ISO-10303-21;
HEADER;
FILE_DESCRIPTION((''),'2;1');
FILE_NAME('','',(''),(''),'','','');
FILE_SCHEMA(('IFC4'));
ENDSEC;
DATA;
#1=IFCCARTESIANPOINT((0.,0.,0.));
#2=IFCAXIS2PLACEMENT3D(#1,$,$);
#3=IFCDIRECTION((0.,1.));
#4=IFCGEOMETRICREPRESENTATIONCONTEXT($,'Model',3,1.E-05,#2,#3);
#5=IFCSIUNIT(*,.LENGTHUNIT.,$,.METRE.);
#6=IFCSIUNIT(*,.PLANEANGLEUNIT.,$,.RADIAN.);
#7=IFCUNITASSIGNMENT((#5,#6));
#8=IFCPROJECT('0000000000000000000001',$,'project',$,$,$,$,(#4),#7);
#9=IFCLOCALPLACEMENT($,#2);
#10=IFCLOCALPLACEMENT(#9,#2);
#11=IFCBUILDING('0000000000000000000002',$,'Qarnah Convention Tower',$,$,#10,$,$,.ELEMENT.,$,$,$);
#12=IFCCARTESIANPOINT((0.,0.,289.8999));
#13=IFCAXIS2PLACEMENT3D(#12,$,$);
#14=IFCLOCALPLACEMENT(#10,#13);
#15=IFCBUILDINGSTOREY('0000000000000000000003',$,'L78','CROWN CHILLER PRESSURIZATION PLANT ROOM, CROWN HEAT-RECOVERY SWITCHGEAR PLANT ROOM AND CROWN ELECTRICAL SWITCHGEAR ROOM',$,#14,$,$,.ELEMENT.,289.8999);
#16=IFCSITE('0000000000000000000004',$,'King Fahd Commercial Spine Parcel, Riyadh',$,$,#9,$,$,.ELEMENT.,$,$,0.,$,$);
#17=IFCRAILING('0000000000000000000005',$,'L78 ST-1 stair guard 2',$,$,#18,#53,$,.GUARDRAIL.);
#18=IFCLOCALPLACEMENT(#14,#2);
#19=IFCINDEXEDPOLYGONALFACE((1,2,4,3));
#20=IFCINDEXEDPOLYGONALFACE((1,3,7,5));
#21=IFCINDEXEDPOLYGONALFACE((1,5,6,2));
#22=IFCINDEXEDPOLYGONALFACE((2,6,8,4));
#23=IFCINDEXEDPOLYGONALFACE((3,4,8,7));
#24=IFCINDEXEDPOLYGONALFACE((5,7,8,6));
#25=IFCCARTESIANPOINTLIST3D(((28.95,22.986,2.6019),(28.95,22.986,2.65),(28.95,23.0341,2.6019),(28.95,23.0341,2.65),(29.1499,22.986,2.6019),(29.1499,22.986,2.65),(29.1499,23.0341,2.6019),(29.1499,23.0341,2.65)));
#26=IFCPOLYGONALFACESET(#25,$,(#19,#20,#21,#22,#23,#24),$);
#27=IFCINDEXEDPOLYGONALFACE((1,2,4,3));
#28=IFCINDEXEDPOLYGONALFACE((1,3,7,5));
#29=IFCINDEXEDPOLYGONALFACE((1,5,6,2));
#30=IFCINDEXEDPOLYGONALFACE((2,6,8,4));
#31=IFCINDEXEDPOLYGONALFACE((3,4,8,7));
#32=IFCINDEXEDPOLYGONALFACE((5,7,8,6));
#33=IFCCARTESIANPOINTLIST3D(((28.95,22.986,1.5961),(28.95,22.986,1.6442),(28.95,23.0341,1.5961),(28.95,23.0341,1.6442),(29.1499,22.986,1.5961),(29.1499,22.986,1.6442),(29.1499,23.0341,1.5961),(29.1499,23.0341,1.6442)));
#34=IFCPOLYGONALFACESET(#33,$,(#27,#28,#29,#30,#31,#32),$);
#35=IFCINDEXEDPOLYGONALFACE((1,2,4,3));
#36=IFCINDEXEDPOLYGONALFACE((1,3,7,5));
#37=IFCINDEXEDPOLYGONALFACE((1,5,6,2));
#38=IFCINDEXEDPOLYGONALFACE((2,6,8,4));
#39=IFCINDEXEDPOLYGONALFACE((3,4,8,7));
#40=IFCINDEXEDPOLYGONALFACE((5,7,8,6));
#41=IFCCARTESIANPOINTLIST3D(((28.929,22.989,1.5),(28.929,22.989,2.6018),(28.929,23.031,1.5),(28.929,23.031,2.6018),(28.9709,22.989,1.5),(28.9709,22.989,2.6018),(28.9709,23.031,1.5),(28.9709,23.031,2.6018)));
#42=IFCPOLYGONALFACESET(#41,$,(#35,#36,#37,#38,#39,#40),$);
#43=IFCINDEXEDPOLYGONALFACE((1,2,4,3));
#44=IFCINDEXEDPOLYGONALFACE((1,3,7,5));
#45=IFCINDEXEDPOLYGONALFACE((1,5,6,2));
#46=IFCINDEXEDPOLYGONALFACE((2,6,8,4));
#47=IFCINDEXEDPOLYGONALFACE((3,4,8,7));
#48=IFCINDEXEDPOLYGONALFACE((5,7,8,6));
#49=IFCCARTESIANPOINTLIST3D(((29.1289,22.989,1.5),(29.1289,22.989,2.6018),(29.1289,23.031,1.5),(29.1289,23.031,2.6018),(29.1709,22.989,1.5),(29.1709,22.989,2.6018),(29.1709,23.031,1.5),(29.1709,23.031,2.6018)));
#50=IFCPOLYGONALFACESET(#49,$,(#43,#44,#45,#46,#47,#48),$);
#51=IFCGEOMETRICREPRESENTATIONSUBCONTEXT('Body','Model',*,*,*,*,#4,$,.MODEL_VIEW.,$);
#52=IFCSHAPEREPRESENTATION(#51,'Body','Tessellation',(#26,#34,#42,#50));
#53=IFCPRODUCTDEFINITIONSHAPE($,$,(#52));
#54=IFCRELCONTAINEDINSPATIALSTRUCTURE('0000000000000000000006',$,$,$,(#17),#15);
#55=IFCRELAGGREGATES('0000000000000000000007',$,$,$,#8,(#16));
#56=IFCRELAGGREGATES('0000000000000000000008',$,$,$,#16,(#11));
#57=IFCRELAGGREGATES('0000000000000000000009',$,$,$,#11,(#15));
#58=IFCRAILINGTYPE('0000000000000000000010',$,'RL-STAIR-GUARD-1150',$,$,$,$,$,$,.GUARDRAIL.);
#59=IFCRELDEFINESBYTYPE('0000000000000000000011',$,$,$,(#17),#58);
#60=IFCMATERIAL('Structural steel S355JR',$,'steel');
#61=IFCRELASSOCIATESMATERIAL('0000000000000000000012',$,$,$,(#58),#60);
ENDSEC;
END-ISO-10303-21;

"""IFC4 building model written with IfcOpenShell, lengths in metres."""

from ifc_helpers import new_model, si_unit, direction, frame, origin, origin_2d, place, context, subcontext, project, spatial, rectangle, extrude, material, type_object, element, save


model = new_model("IFC4")

# Units and contexts
model_context = context("Model", 3, precision=1e-05, world=origin(), true_north=direction((0.0, 1.0)))
body_context = subcontext(model_context, "Body", "Model", "MODEL_VIEW")
ifc_project = project(units=[si_unit("LENGTHUNIT", "METRE"), si_unit("PLANEANGLEUNIT", "RADIAN")], contexts=[model_context])

# Site, building, storey
site_placement = place(None, origin())
site = spatial("IfcSite", under=ifc_project, at=site_placement, Name="King Fahd Commercial Spine Parcel, Riyadh", CompositionType="ELEMENT", RefElevation=0.0)
building_placement = place(site_placement, origin())
building = spatial("IfcBuilding", under=site, at=building_placement, Name="Qarnah Convention Tower", CompositionType="ELEMENT")
storey_placement = place(building_placement, frame((0.0, 0.0, 289.8999)))
storey = spatial("IfcBuildingStorey", under=building, at=storey_placement, Name="L78", Description="CROWN CHILLER PRESSURIZATION PLANT ROOM, CROWN HEAT-RECOVERY SWITCHGEAR PLANT ROOM AND CROWN ELECTRICAL SWITCHGEAR ROOM", CompositionType="ELEMENT", Elevation=289.8999)

# Shared definitions
ifc_material_1 = material(Name="Structural steel S355JR", Category="steel")

# Railing
railing_type = type_object("IfcRailingType", Name="RL-STAIR-GUARD-1150", PredefinedType="GUARDRAIL", material=ifc_material_1)
railing_placement = place(storey_placement, frame((28.95, 23.01, 1.5)))
element("IfcRailing", 1, at=railing_placement, inside=storey, type_object=railing_type, Name="L78 ST-1 stair guard 2", PredefinedType="GUARDRAIL", context=body_context, shape_type="SweptSolid", body=[
    extrude(rectangle(XDim=0.0481, YDim=0.0481, at=origin_2d()), frame((0.0, 0.0, 1.126), z_axis=(1.0, 0.0, 0.0), x_axis=(0.0, 1.0, 0.0)), (0.0, 0.0, 1.0), 0.2),
    extrude(rectangle(XDim=0.0481, YDim=0.0481, at=origin_2d()), frame((0.0, 0.0, 0.1201), z_axis=(1.0, 0.0, 0.0), x_axis=(0.0, 1.0, 0.0)), (0.0, 0.0, 1.0), 0.2),
    extrude(rectangle(XDim=0.042, YDim=0.042, at=origin_2d()), origin(), (0.0, 0.0, 1.0), 1.1018),
    extrude(rectangle(XDim=0.042, YDim=0.042, at=origin_2d()), frame((0.2, 0.0, 0.0)), (0.0, 0.0, 1.0), 1.1018),
])

save(model, "model.ifc")
